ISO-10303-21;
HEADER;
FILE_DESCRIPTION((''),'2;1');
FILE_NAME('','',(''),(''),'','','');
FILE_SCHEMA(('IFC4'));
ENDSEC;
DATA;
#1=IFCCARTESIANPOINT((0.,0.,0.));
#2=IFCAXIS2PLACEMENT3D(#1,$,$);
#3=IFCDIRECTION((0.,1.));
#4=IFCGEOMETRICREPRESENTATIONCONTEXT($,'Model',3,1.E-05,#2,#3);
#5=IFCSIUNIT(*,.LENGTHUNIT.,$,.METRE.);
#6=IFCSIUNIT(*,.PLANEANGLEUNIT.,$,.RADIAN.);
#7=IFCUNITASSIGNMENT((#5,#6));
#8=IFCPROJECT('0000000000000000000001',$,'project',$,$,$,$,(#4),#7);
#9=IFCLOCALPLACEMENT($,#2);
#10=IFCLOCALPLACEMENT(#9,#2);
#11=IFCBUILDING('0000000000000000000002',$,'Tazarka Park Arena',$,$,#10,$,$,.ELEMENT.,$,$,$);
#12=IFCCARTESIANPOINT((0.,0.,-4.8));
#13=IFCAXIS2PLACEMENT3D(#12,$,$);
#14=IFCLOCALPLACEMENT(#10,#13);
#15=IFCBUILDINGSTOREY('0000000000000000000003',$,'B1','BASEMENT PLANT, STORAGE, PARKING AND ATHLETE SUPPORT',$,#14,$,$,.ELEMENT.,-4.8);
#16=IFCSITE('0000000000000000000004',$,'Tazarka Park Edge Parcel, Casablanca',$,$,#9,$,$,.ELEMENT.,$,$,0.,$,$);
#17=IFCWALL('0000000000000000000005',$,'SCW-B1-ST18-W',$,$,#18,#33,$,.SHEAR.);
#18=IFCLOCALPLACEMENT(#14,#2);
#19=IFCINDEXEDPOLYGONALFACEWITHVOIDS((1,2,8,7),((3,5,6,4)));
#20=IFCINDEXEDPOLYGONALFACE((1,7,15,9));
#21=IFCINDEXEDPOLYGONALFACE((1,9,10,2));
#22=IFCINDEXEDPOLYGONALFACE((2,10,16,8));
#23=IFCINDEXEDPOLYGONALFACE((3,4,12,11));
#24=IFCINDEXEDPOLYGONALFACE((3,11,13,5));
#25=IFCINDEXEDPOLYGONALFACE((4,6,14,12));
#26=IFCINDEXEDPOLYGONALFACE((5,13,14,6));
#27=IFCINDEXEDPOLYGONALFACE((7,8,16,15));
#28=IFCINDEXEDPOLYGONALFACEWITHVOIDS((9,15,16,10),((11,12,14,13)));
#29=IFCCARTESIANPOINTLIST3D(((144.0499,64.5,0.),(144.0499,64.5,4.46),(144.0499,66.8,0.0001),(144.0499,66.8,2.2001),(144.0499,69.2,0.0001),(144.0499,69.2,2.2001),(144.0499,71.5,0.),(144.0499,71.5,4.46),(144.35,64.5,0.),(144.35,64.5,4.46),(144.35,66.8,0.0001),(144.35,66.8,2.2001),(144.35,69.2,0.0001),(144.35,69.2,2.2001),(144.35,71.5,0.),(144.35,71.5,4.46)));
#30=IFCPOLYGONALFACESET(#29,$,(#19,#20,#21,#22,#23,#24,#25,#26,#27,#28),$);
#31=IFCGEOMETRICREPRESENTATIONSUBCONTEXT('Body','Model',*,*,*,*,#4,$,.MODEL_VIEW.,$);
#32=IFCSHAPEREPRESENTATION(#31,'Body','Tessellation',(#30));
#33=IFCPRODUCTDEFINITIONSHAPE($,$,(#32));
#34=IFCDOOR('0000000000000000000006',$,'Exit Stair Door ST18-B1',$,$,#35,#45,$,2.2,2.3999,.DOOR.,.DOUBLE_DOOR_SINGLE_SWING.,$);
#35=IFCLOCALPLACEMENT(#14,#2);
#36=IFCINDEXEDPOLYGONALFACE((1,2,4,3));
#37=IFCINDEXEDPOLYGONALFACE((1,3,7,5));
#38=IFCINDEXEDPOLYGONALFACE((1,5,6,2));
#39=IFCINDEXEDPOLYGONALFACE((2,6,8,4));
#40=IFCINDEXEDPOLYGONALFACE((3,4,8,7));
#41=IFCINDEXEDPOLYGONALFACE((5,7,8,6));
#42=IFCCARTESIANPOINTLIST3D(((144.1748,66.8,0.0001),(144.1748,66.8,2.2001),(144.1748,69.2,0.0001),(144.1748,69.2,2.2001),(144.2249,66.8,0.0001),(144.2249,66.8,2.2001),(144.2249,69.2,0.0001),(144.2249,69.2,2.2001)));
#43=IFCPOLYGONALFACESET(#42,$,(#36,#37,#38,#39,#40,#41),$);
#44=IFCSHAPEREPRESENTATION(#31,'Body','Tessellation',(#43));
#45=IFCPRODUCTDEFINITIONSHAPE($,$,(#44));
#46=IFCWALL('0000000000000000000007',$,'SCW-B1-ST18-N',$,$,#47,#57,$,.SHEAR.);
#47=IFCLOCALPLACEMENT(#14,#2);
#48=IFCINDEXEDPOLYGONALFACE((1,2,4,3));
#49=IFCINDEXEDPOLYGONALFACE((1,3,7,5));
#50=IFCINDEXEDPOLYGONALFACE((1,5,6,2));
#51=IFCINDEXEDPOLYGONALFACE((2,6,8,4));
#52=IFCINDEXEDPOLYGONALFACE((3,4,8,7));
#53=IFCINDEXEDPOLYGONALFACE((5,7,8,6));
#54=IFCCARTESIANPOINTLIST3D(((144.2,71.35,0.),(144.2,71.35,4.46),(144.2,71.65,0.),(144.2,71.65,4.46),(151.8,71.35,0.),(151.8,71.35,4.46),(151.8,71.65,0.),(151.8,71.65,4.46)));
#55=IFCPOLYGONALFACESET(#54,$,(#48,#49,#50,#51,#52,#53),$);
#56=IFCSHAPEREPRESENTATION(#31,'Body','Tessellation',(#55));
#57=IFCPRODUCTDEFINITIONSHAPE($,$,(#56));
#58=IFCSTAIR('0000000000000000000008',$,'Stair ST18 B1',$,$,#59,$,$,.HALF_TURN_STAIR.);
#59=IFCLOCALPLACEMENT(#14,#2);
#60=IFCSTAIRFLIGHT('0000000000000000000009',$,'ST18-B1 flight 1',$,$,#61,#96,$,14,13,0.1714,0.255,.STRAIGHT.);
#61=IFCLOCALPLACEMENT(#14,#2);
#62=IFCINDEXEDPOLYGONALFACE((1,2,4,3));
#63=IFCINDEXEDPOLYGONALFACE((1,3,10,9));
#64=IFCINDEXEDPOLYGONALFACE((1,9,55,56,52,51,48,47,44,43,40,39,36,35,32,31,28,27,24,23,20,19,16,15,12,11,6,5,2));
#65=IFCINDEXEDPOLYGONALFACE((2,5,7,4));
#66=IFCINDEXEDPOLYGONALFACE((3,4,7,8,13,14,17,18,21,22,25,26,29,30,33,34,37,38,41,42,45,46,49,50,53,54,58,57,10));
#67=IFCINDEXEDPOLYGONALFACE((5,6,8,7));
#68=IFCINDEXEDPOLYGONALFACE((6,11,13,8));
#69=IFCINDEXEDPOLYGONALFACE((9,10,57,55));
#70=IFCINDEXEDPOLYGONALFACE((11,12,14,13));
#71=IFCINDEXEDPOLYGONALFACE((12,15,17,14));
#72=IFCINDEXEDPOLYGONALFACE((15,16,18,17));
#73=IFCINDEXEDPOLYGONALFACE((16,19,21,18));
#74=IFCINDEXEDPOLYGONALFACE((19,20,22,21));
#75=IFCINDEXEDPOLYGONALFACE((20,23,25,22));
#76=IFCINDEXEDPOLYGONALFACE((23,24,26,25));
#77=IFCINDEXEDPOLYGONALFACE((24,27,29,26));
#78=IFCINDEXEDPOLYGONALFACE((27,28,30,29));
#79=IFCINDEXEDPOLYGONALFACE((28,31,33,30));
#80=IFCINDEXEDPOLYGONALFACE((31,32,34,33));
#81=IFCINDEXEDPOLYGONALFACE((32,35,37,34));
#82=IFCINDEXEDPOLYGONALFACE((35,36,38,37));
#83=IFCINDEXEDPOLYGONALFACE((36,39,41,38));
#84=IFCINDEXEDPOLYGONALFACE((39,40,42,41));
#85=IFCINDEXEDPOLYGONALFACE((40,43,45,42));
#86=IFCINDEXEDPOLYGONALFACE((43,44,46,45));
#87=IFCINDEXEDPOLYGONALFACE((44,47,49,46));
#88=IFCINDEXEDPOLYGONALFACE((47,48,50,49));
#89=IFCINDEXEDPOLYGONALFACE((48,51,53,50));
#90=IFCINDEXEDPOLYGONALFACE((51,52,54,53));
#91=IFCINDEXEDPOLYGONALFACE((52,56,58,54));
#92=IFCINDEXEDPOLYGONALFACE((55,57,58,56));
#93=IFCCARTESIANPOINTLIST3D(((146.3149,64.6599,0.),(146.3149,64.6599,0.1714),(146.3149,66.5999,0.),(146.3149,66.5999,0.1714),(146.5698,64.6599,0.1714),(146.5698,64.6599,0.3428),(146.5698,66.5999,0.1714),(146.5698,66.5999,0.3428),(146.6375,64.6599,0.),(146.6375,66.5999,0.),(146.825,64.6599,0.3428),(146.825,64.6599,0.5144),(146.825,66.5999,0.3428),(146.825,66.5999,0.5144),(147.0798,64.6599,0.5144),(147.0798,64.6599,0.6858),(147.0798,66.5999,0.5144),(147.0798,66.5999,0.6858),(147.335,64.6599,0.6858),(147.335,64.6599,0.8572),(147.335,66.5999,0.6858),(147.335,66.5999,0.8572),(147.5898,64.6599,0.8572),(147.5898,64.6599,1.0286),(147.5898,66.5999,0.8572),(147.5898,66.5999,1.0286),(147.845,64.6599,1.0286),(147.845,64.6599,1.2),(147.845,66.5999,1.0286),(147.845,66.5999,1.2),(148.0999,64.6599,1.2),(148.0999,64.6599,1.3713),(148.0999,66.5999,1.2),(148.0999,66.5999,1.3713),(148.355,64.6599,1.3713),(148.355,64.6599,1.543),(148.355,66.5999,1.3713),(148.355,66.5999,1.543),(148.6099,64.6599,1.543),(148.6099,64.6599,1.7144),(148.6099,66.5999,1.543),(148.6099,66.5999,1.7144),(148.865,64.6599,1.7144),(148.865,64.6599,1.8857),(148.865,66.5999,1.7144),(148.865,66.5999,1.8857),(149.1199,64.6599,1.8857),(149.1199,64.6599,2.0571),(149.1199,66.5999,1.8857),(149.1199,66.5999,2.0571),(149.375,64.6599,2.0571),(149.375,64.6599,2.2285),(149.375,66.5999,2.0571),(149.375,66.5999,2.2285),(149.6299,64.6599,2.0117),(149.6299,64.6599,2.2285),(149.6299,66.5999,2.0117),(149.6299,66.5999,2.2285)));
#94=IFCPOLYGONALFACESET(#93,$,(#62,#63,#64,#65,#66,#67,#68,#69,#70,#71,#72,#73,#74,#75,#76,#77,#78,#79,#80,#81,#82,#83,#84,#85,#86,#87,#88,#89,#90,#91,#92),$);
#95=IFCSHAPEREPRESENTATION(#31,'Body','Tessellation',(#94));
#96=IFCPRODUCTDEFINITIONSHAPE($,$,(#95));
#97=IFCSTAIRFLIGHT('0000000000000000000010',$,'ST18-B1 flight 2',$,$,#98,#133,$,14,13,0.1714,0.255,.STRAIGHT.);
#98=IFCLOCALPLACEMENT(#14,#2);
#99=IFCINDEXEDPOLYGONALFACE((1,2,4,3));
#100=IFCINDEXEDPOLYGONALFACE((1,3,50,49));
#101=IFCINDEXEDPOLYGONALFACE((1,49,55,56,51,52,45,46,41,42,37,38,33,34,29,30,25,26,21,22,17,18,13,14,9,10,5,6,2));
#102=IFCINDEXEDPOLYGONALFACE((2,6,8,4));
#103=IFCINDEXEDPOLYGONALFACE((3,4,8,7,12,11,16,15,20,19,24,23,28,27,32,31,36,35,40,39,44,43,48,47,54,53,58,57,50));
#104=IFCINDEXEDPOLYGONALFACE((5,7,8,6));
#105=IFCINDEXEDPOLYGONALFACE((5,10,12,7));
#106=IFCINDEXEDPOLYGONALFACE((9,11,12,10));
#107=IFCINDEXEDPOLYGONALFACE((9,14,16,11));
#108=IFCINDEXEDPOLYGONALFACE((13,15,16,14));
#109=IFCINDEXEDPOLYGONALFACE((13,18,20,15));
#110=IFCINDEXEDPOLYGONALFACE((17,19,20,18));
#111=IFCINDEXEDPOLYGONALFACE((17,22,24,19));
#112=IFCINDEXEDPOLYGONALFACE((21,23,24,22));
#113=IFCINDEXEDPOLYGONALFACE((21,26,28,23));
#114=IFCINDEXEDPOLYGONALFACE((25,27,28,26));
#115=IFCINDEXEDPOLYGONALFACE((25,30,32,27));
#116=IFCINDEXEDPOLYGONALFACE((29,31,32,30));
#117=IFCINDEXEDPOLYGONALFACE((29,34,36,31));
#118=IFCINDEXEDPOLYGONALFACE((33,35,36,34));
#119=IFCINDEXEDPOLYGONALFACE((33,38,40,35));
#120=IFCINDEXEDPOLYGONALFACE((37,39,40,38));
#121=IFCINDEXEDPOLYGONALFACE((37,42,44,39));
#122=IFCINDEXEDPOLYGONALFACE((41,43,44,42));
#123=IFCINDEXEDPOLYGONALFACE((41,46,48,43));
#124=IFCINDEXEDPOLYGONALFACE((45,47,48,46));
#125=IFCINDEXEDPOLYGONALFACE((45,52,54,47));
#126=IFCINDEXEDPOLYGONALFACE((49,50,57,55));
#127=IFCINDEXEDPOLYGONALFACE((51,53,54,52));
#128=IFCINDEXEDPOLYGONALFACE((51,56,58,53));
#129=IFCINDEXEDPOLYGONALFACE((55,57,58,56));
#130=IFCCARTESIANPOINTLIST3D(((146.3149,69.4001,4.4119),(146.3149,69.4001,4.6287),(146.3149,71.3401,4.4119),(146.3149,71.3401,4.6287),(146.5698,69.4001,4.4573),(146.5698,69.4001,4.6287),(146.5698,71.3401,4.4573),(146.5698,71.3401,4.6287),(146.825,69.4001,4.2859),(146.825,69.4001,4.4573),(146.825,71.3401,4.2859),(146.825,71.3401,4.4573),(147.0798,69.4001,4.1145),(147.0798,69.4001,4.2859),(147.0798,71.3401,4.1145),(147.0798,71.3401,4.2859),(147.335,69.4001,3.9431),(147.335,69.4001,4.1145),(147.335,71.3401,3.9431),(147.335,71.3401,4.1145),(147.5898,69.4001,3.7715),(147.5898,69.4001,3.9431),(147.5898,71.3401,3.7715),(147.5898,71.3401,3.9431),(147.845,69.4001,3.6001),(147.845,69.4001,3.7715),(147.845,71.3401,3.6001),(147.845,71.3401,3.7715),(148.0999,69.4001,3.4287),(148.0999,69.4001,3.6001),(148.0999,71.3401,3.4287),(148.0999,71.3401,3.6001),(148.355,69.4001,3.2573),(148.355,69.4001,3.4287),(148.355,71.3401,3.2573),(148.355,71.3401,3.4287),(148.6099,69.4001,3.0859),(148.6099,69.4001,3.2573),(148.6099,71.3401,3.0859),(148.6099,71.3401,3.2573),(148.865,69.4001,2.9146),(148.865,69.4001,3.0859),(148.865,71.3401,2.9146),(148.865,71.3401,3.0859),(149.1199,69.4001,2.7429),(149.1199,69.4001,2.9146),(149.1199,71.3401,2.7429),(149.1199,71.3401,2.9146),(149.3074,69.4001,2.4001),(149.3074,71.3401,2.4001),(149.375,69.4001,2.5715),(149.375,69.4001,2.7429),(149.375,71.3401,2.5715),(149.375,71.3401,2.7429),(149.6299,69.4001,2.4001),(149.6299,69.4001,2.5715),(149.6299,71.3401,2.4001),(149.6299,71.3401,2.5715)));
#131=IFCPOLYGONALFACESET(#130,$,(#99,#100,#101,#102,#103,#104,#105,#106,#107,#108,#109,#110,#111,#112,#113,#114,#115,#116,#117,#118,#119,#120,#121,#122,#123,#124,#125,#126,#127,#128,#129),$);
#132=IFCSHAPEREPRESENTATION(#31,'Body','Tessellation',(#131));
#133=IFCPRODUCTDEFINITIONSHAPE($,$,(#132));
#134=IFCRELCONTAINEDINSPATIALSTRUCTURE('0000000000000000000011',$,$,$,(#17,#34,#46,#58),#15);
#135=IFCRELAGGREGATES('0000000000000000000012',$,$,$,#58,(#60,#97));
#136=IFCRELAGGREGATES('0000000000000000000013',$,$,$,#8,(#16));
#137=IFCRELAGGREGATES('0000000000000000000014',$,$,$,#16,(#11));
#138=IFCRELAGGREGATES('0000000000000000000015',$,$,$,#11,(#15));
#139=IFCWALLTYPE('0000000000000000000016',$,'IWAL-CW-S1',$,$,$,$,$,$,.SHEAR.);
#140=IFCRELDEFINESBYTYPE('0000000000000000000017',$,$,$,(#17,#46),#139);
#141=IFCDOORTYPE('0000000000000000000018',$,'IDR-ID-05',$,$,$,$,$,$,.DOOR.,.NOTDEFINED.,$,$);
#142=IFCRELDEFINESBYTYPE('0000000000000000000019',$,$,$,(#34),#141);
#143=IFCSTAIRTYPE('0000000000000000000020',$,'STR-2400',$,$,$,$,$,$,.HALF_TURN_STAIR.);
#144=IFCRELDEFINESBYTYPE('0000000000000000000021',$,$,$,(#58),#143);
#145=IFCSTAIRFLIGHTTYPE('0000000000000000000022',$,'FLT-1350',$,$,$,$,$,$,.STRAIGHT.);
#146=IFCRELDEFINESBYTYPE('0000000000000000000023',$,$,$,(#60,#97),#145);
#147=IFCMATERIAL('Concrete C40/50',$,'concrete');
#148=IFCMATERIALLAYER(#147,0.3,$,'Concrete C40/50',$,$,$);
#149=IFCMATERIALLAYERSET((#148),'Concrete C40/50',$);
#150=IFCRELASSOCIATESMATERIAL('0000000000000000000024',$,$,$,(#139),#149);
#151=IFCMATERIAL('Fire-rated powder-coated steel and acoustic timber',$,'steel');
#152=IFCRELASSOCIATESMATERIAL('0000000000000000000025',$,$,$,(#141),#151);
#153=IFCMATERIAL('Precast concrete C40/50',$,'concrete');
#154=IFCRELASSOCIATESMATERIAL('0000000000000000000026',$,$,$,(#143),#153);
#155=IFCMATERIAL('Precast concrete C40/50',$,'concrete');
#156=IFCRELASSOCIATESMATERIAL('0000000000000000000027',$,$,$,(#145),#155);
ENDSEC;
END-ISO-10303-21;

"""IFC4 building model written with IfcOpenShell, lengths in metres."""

from ifc_helpers import new_model, si_unit, direction, frame, frame_2d, origin, place, context, subcontext, project, spatial, polyline, rectangle, outline, extrude, material, layer, layer_set, type_object, element, fill, aggregate, save


model = new_model("IFC4")

# Units and contexts
model_context = context("Model", 3, precision=1e-05, world=origin(), true_north=direction((0.0, 1.0)))
body_context = subcontext(model_context, "Body", "Model", "MODEL_VIEW")
ifc_project = project(units=[si_unit("LENGTHUNIT", "METRE"), si_unit("PLANEANGLEUNIT", "RADIAN")], contexts=[model_context])

# Site, building, storey
site_placement = place(None, origin())
site = spatial("IfcSite", under=ifc_project, at=site_placement, Name="Tazarka Park Edge Parcel, Casablanca", CompositionType="ELEMENT", RefElevation=0.0)
building_placement = place(site_placement, origin())
building = spatial("IfcBuilding", under=site, at=building_placement, Name="Tazarka Park Arena", CompositionType="ELEMENT")
storey_placement = place(building_placement, frame((0.0, 0.0, -4.8)))
storey = spatial("IfcBuildingStorey", under=building, at=storey_placement, Name="B1", Description="BASEMENT PLANT, STORAGE, PARKING AND ATHLETE SUPPORT", CompositionType="ELEMENT", Elevation=-4.8)

# Shared definitions
ifc_material_1 = material(Name="Concrete C40/50", Category="concrete")
ifc_layer = layer(ifc_material_1, 0.3, Name="Concrete C40/50")
ifc_layer_set = layer_set([ifc_layer], Name="Concrete C40/50")
wall_type = type_object("IfcWallType", Name="IWAL-CW-S1", PredefinedType="SHEAR", material=ifc_layer_set)

# Wall, opening, door
wall_1_placement = place(storey_placement, frame((144.2, 64.5, 0.0), z_axis=(0.0, 0.0, 1.0), x_axis=(0.0, 1.0, 0.0)))
wall_1 = element("IfcWall", 1, at=wall_1_placement, inside=storey, type_object=wall_type, Name="SCW-B1-ST18-W", PredefinedType="SHEAR", context=body_context, shape_type="SweptSolid", body=[
    extrude(rectangle(XDim=7.0, YDim=0.3, at=frame_2d((3.5, 0.0))), origin(), (0.0, 0.0, 1.0), 4.46),
])
opening_placement = place(wall_1_placement, frame((2.3, 0.0, 0.0)))
opening = element("IfcOpeningElement", 2, at=opening_placement, cuts=wall_1, PredefinedType="OPENING", context=body_context, shape_type="SweptSolid", body=[
    extrude(rectangle(XDim=2.3999, YDim=2.2, at=frame_2d((1.2, 1.1001))), frame((0.0, 0.1602, 0.0), z_axis=(0.0, -1.0, 0.0), x_axis=(1.0, 0.0, 0.0)), (0.0, 0.0, 1.0), 0.3201),
])
ifc_material_2 = material(Name="Fire-rated powder-coated steel and acoustic timber", Category="steel")
door_type = type_object("IfcDoorType", Name="IDR-ID-05", OperationType="NOTDEFINED", PredefinedType="DOOR", material=ifc_material_2)
door_placement = place(opening_placement, frame((2.3999, 0.0, 0.0), z_axis=(0.0, 0.0, 1.0), x_axis=(-1.0, 0.0, 0.0)))
door = element("IfcDoor", 3, at=door_placement, inside=storey, type_object=door_type, Name="Exit Stair Door ST18-B1", OperationType="DOUBLE_DOOR_SINGLE_SWING", OverallHeight=2.2, OverallWidth=2.3999, PredefinedType="DOOR", context=body_context, shape_type="SweptSolid", body=[
    extrude(rectangle(XDim=2.3999, YDim=2.2, at=frame_2d((1.2, 1.1001))), frame((0.0, 0.0249, 0.0), z_axis=(0.0, -1.0, 0.0), x_axis=(1.0, 0.0, 0.0)), (0.0, 0.0, 1.0), 0.05),
])
fill(opening, door)

# Wall
wall_2_placement = place(storey_placement, frame((144.2, 71.5, 0.0), z_axis=(0.0, 0.0, 1.0), x_axis=(1.0, 0.0, 0.0)))
element("IfcWall", 4, at=wall_2_placement, inside=storey, type_object=wall_type, Name="SCW-B1-ST18-N", PredefinedType="SHEAR", context=body_context, shape_type="SweptSolid", body=[
    extrude(rectangle(XDim=7.6001, YDim=0.3, at=frame_2d((3.8, 0.0))), origin(), (0.0, 0.0, 1.0), 4.46),
])

# Stair, stair flights
ifc_material_3 = material(Name="Precast concrete C40/50", Category="concrete")
stair_type = type_object("IfcStairType", Name="STR-2400", PredefinedType="HALF_TURN_STAIR", material=ifc_material_3)
stair_placement = place(storey_placement, origin())
stair = element("IfcStair", 5, at=stair_placement, inside=storey, type_object=stair_type, Name="Stair ST18 B1", PredefinedType="HALF_TURN_STAIR")
ifc_material_4 = material(Name="Precast concrete C40/50", Category="concrete")
stair_flight_type = type_object("IfcStairFlightType", Name="FLT-1350", PredefinedType="STRAIGHT", material=ifc_material_4)
stair_flight_1_placement = place(storey_placement, frame((146.3149, 65.6299, 0.0), z_axis=(0.0, 0.0, 1.0), x_axis=(1.0, 0.0, 0.0)))
stair_flight_1 = element("IfcStairFlight", 6, at=stair_flight_1_placement, type_object=stair_flight_type, Name="ST18-B1 flight 1", NumberOfRisers=14, NumberOfTreads=13, PredefinedType="STRAIGHT", RiserHeight=0.1714, TreadLength=0.255, context=body_context, shape_type="SweptSolid", body=[
    extrude(outline(polyline([(0.0, 0.0), (0.0, 0.1714), (0.2549, 0.1714), (0.2549, 0.3428), (0.51, 0.3428), (0.51, 0.5144), (0.7649, 0.5144), (0.7649, 0.6858), (1.02, 0.6858), (1.02, 0.8572), (1.2749, 0.8572), (1.2749, 1.0286), (1.53, 1.0286), (1.53, 1.2), (1.7849, 1.2), (1.7849, 1.3713), (2.04, 1.3713), (2.04, 1.543), (2.2949, 1.543), (2.2949, 1.7144), (2.55, 1.7144), (2.55, 1.8857), (2.8049, 1.8857), (2.8049, 2.0571), (3.0601, 2.0571), (3.0601, 2.2285), (3.3149, 2.2285), (3.3149, 2.3999), (3.3149, 2.0117), (0.3225, 0.0), (0.0, 0.0)])), frame((0.0, 0.97, 0.0), z_axis=(0.0, -1.0, 0.0), x_axis=(1.0, 0.0, 0.0)), (0.0, 0.0, 1.0), 1.9399),
])
stair_flight_2_placement = place(storey_placement, frame((149.6299, 70.3701, 2.4001), z_axis=(0.0, 0.0, 1.0), x_axis=(-1.0, 0.0, 0.0)))
stair_flight_2 = element("IfcStairFlight", 7, at=stair_flight_2_placement, type_object=stair_flight_type, Name="ST18-B1 flight 2", NumberOfRisers=14, NumberOfTreads=13, PredefinedType="STRAIGHT", RiserHeight=0.1714, TreadLength=0.255, context=body_context, shape_type="SweptSolid", body=[
    extrude(outline(polyline([(0.0, 0.0), (0.0, 0.1714), (0.2549, 0.1714), (0.2549, 0.3428), (0.51, 0.3428), (0.51, 0.5144), (0.7649, 0.5144), (0.7649, 0.6858), (1.02, 0.6858), (1.02, 0.8572), (1.2749, 0.8572), (1.2749, 1.0286), (1.53, 1.0286), (1.53, 1.2), (1.7849, 1.2), (1.7849, 1.3713), (2.04, 1.3713), (2.04, 1.543), (2.2949, 1.543), (2.2949, 1.7144), (2.55, 1.7144), (2.55, 1.8857), (2.8049, 1.8857), (2.8049, 2.0571), (3.0601, 2.0571), (3.0601, 2.2285), (3.3149, 2.2285), (3.3149, 2.3999), (3.3149, 2.0117), (0.3225, 0.0), (0.0, 0.0)])), frame((0.0, 0.97, 0.0), z_axis=(0.0, -1.0, 0.0), x_axis=(1.0, 0.0, 0.0)), (0.0, 0.0, 1.0), 1.9399),
])
aggregate(stair, [stair_flight_1, stair_flight_2])

save(model, "model.ifc")
